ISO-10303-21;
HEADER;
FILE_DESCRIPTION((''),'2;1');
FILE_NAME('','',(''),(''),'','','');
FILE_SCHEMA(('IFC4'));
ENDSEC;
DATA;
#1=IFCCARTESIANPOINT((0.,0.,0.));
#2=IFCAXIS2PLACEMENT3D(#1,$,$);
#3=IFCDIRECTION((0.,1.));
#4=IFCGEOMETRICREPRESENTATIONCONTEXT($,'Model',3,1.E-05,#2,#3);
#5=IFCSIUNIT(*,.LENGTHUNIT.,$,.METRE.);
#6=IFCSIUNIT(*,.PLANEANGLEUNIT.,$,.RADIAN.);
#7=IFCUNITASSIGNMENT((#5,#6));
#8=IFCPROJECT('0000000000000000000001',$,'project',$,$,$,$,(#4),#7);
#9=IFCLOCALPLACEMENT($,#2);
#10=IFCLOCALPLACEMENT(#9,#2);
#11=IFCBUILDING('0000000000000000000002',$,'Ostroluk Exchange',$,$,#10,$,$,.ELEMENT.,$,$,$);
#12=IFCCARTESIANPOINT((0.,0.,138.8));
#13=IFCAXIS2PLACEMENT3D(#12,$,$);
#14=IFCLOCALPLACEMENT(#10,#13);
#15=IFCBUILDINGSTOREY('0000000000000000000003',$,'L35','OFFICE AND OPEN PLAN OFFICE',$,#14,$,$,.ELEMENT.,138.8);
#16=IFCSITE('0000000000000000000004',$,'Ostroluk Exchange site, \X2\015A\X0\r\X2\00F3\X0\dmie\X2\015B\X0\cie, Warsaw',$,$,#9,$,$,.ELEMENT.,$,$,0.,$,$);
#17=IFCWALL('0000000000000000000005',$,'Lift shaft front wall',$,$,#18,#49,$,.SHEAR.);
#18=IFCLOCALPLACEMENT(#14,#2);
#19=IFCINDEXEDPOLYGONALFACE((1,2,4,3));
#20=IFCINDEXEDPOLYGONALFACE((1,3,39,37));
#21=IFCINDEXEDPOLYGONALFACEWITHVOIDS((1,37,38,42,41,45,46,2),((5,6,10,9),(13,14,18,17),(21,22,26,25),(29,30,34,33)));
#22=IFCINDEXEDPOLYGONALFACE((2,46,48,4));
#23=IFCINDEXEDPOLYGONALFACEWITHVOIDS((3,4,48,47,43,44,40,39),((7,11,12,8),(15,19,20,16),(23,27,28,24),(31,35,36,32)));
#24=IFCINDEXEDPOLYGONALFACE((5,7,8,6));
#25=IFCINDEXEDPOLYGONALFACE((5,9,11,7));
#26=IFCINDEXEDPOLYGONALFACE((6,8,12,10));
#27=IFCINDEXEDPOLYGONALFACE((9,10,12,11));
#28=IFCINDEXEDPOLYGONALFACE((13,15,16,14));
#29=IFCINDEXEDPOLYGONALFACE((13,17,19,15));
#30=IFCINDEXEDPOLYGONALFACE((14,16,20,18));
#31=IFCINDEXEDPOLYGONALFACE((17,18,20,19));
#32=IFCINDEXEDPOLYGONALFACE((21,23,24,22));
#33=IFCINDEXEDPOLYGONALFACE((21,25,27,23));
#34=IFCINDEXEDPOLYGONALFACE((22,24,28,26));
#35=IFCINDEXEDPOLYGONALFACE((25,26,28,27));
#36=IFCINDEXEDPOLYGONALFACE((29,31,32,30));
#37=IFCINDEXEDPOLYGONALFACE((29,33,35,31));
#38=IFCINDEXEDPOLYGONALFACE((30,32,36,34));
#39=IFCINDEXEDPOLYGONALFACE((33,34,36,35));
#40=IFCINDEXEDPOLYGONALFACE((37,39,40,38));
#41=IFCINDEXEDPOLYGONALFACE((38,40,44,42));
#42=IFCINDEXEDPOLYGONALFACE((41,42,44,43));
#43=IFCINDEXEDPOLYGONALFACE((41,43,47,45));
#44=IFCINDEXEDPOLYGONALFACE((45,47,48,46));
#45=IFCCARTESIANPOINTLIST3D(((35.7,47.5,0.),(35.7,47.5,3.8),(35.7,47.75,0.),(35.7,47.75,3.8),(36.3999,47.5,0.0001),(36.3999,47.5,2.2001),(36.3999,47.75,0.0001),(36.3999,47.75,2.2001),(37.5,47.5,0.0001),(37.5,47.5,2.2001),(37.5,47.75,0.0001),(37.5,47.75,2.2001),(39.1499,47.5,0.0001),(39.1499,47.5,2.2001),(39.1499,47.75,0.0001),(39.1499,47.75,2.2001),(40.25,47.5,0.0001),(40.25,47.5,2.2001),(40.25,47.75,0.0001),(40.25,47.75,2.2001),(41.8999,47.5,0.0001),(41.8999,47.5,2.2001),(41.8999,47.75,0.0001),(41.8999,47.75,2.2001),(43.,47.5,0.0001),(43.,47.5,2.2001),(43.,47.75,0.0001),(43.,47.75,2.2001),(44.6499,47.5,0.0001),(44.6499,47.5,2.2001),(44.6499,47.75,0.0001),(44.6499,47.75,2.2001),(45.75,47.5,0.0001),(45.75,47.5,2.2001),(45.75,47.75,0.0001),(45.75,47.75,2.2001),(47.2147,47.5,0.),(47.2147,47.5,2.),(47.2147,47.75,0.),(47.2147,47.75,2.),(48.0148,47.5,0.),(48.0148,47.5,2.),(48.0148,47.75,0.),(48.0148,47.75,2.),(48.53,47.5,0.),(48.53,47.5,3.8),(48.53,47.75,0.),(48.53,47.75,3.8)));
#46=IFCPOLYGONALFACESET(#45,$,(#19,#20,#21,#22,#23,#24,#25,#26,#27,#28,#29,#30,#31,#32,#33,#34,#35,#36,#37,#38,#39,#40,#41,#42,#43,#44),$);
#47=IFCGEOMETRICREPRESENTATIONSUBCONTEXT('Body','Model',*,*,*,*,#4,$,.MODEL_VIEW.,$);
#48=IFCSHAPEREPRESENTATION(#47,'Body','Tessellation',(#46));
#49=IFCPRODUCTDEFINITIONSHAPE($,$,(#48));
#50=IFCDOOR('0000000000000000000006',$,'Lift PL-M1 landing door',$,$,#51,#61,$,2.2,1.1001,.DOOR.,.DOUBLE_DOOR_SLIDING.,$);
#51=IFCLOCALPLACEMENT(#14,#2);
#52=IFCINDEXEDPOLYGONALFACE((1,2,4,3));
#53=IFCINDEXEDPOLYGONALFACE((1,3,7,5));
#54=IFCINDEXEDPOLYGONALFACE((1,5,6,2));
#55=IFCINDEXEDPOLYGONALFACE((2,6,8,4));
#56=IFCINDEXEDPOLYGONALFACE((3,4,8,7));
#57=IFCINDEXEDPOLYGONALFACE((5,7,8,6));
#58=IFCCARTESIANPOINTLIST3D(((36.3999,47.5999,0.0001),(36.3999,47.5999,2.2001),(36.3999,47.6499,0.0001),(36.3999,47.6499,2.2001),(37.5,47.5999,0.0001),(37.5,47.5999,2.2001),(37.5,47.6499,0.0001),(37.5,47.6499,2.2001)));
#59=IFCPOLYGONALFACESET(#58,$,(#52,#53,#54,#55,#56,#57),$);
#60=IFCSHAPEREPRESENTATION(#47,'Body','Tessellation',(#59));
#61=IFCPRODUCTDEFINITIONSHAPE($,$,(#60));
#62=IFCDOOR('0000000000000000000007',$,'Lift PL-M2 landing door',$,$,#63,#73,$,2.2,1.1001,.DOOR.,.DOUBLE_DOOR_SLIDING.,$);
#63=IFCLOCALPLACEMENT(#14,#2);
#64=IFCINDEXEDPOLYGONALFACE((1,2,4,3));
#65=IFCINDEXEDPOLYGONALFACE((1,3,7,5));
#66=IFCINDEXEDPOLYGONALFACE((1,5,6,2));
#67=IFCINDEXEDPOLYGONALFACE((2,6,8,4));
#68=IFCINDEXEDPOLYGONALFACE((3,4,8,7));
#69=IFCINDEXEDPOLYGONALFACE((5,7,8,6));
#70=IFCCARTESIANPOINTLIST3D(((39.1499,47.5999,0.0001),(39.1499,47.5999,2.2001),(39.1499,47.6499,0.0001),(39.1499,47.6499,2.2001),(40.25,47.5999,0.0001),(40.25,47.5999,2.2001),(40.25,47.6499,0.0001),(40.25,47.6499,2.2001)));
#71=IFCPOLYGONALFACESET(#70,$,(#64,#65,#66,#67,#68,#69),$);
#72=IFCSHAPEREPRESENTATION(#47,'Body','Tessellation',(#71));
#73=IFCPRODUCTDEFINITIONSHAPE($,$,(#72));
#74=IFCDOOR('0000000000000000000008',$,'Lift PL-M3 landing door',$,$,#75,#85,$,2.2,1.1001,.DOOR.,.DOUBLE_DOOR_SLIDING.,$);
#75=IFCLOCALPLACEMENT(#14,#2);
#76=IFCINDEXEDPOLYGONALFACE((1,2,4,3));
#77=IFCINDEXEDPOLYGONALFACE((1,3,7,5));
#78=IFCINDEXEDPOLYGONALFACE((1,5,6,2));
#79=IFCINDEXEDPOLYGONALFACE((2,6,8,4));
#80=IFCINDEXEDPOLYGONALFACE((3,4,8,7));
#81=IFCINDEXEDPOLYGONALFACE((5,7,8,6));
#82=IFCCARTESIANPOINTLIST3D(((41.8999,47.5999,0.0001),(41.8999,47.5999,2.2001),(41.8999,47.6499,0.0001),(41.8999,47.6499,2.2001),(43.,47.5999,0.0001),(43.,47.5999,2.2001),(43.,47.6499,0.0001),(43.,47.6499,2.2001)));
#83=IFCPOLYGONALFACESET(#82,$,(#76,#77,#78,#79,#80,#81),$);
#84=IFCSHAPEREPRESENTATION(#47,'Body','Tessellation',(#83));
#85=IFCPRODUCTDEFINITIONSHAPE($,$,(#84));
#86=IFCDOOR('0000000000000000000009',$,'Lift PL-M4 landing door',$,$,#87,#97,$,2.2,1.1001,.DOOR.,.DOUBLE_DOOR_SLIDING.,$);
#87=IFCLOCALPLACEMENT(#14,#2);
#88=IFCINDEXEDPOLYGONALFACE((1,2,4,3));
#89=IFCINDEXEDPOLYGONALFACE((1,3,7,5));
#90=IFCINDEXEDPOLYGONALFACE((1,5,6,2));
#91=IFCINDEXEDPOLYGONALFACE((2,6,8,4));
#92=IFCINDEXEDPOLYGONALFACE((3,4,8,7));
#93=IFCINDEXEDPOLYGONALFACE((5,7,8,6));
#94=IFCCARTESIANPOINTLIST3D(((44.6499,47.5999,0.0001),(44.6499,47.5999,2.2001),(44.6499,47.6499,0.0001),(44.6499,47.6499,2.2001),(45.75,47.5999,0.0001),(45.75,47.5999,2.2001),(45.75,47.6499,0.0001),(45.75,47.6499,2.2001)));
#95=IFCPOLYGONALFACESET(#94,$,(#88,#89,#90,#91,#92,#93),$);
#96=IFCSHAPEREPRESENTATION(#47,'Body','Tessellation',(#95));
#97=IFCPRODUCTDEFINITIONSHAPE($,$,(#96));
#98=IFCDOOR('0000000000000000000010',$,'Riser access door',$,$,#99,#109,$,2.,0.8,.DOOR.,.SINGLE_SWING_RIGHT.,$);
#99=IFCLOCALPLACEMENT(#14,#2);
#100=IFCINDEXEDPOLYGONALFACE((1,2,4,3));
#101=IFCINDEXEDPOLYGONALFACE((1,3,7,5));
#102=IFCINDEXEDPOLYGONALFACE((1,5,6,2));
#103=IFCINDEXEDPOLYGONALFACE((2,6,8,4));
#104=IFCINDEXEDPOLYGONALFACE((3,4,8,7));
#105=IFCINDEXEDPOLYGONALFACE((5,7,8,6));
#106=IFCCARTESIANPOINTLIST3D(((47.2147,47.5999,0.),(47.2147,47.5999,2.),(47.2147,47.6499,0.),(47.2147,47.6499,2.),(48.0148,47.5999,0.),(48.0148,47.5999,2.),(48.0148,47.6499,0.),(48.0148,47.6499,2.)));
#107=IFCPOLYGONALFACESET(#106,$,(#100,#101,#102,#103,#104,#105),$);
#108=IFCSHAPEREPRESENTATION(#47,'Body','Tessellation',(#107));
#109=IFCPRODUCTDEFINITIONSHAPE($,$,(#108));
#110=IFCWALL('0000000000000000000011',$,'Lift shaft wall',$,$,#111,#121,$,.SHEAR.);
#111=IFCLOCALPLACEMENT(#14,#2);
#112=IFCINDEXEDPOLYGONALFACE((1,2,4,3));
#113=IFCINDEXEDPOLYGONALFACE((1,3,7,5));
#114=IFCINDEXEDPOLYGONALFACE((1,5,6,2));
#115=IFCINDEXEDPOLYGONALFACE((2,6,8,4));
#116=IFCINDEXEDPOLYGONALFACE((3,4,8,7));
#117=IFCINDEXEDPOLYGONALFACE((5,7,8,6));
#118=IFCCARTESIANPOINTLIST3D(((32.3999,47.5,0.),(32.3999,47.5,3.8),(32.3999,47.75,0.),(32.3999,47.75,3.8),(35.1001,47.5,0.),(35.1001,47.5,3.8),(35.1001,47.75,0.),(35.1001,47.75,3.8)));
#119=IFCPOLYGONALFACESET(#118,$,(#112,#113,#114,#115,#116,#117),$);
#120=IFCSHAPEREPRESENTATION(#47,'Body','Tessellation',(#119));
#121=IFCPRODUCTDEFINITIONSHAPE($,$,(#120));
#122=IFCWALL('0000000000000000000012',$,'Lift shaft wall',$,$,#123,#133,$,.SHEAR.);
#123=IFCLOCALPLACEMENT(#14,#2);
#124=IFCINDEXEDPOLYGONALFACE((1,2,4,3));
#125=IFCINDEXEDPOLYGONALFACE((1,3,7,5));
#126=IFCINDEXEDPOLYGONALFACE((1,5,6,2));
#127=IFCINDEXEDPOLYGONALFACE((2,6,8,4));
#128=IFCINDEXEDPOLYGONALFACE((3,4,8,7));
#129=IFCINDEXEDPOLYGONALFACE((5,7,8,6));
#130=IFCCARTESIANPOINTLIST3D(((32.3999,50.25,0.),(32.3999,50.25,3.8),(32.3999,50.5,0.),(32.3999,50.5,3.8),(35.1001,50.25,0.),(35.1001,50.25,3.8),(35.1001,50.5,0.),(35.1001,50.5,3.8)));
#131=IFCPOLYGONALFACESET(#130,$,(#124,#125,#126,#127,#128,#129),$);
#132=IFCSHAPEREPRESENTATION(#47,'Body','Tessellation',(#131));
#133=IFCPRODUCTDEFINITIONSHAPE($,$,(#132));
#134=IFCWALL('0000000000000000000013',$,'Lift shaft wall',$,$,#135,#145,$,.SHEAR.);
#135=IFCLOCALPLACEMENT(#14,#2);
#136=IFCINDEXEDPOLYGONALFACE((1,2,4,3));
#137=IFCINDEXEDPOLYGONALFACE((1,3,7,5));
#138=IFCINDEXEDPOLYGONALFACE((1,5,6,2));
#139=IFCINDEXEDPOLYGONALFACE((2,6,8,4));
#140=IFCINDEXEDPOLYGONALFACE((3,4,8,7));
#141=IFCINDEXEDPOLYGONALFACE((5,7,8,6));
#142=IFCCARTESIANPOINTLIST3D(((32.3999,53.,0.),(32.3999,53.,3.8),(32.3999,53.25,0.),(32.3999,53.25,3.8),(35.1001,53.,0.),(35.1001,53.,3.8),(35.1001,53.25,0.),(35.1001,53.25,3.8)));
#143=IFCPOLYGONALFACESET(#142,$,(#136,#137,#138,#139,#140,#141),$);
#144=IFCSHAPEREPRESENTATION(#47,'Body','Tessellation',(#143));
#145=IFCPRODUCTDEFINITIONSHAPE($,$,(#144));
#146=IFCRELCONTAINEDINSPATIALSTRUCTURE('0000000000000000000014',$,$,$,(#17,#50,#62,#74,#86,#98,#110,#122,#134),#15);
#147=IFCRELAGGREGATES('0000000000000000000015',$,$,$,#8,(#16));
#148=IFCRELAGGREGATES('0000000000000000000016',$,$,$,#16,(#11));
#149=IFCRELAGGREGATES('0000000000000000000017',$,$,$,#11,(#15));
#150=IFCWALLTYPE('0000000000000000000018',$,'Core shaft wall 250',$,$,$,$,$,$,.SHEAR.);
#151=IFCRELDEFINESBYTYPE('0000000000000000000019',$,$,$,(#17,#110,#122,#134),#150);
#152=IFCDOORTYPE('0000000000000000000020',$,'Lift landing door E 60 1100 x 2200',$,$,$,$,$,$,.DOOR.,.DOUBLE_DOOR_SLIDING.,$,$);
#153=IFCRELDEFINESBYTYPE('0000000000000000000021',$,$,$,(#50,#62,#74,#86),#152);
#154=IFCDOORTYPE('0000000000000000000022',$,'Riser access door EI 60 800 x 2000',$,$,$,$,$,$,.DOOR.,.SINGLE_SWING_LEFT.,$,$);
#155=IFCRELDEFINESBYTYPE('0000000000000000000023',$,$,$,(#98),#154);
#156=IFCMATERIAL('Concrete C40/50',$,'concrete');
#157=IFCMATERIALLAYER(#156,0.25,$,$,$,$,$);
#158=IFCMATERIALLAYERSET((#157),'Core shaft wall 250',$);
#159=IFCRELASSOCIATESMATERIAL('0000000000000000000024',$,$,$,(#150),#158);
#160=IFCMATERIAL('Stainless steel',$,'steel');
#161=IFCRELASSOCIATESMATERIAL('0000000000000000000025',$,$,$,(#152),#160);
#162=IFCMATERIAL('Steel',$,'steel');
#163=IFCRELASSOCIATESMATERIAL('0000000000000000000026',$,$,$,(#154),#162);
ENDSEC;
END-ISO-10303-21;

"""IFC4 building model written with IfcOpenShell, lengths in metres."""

from ifc_helpers import new_model, si_unit, direction, frame, frame_2d, origin, place, context, subcontext, project, spatial, rectangle, extrude, material, layer, layer_set, type_object, element, fill, save


model = new_model("IFC4")

# Units and contexts
model_context = context("Model", 3, precision=1e-05, world=origin(), true_north=direction((0.0, 1.0)))
body_context = subcontext(model_context, "Body", "Model", "MODEL_VIEW")
ifc_project = project(units=[si_unit("LENGTHUNIT", "METRE"), si_unit("PLANEANGLEUNIT", "RADIAN")], contexts=[model_context])

# Site, building, storey
site_placement = place(None, origin())
site = spatial("IfcSite", under=ifc_project, at=site_placement, Name="Ostroluk Exchange site, Śródmieście, Warsaw", CompositionType="ELEMENT", RefElevation=0.0)
building_placement = place(site_placement, origin())
building = spatial("IfcBuilding", under=site, at=building_placement, Name="Ostroluk Exchange", CompositionType="ELEMENT")
storey_placement = place(building_placement, frame((0.0, 0.0, 138.8)))
storey = spatial("IfcBuildingStorey", under=building, at=storey_placement, Name="L35", Description="OFFICE AND OPEN PLAN OFFICE", CompositionType="ELEMENT", Elevation=138.8)

# Shared definitions
ifc_material_1 = material(Name="Concrete C40/50", Category="concrete")
ifc_layer_1 = layer(ifc_material_1, 0.25)
ifc_layer_set_1 = layer_set([ifc_layer_1], Name="Core shaft wall 250")
wall_type_1 = type_object("IfcWallType", Name="Core shaft wall 250", PredefinedType="SHEAR", material=ifc_layer_set_1)

# Wall, openings, doors
wall_1_placement = place(storey_placement, frame((35.7, 47.625, 0.0), z_axis=(0.0, 0.0, 1.0), x_axis=(1.0, 0.0, 0.0)))
wall_1 = element("IfcWall", 1, at=wall_1_placement, inside=storey, type_object=wall_type_1, Name="Lift shaft front wall", PredefinedType="SHEAR", context=body_context, shape_type="SweptSolid", body=[
    extrude(rectangle(XDim=12.8301, YDim=0.25, at=frame_2d((6.415, 0.0))), origin(), (0.0, 0.0, 1.0), 3.8),
])
opening_1_placement = place(wall_1_placement, frame((0.7, 0.0, 0.0)))
opening_1 = element("IfcOpeningElement", 2, at=opening_1_placement, cuts=wall_1, PredefinedType="OPENING", context=body_context, shape_type="SweptSolid", body=[
    extrude(rectangle(XDim=1.1001, YDim=2.2, at=frame_2d((0.55, 1.1001))), frame((0.0, 0.135, 0.0), z_axis=(0.0, -1.0, 0.0), x_axis=(1.0, 0.0, 0.0)), (0.0, 0.0, 1.0), 0.27),
])
opening_2_placement = place(wall_1_placement, frame((3.45, 0.0, 0.0)))
opening_2 = element("IfcOpeningElement", 3, at=opening_2_placement, cuts=wall_1, PredefinedType="OPENING", context=body_context, shape_type="SweptSolid", body=[
    extrude(rectangle(XDim=1.1001, YDim=2.2, at=frame_2d((0.55, 1.1001))), frame((0.0, 0.135, 0.0), z_axis=(0.0, -1.0, 0.0), x_axis=(1.0, 0.0, 0.0)), (0.0, 0.0, 1.0), 0.27),
])
opening_3_placement = place(wall_1_placement, frame((6.2, 0.0, 0.0)))
opening_3 = element("IfcOpeningElement", 4, at=opening_3_placement, cuts=wall_1, PredefinedType="OPENING", context=body_context, shape_type="SweptSolid", body=[
    extrude(rectangle(XDim=1.1001, YDim=2.2, at=frame_2d((0.55, 1.1001))), frame((0.0, 0.135, 0.0), z_axis=(0.0, -1.0, 0.0), x_axis=(1.0, 0.0, 0.0)), (0.0, 0.0, 1.0), 0.27),
])
opening_4_placement = place(wall_1_placement, frame((8.95, 0.0, 0.0)))
opening_4 = element("IfcOpeningElement", 5, at=opening_4_placement, cuts=wall_1, PredefinedType="OPENING", context=body_context, shape_type="SweptSolid", body=[
    extrude(rectangle(XDim=1.1001, YDim=2.2, at=frame_2d((0.55, 1.1001))), frame((0.0, 0.135, 0.0), z_axis=(0.0, -1.0, 0.0), x_axis=(1.0, 0.0, 0.0)), (0.0, 0.0, 1.0), 0.27),
])
opening_5_placement = place(wall_1_placement, frame((11.5149, 0.0, 0.0)))
opening_5 = element("IfcOpeningElement", 6, at=opening_5_placement, cuts=wall_1, PredefinedType="OPENING", context=body_context, shape_type="SweptSolid", body=[
    extrude(rectangle(XDim=0.8, YDim=2.0, at=frame_2d((0.3999, 1.0))), frame((0.0, 0.135, 0.0), z_axis=(0.0, -1.0, 0.0), x_axis=(1.0, 0.0, 0.0)), (0.0, 0.0, 1.0), 0.27),
])
ifc_material_2 = material(Name="Stainless steel", Category="steel")
door_type_1 = type_object("IfcDoorType", Name="Lift landing door E 60 1100 x 2200", OperationType="DOUBLE_DOOR_SLIDING", PredefinedType="DOOR", material=ifc_material_2)
door_1_placement = place(opening_1_placement, origin())
door_1 = element("IfcDoor", 7, at=door_1_placement, inside=storey, type_object=door_type_1, Name="Lift PL-M1 landing door", OperationType="DOUBLE_DOOR_SLIDING", OverallHeight=2.2, OverallWidth=1.1001, PredefinedType="DOOR", context=body_context, shape_type="SweptSolid", body=[
    extrude(rectangle(XDim=1.1001, YDim=2.2, at=frame_2d((0.55, 1.1001))), frame((0.0, 0.0249, 0.0), z_axis=(0.0, -1.0, 0.0), x_axis=(1.0, 0.0, 0.0)), (0.0, 0.0, 1.0), 0.05),
])
fill(opening_1, door_1)
door_2_placement = place(opening_2_placement, origin())
door_2 = element("IfcDoor", 8, at=door_2_placement, inside=storey, type_object=door_type_1, Name="Lift PL-M2 landing door", OperationType="DOUBLE_DOOR_SLIDING", OverallHeight=2.2, OverallWidth=1.1001, PredefinedType="DOOR", context=body_context, shape_type="SweptSolid", body=[
    extrude(rectangle(XDim=1.1001, YDim=2.2, at=frame_2d((0.55, 1.1001))), frame((0.0, 0.0249, 0.0), z_axis=(0.0, -1.0, 0.0), x_axis=(1.0, 0.0, 0.0)), (0.0, 0.0, 1.0), 0.05),
])
fill(opening_2, door_2)
door_3_placement = place(opening_3_placement, origin())
door_3 = element("IfcDoor", 9, at=door_3_placement, inside=storey, type_object=door_type_1, Name="Lift PL-M3 landing door", OperationType="DOUBLE_DOOR_SLIDING", OverallHeight=2.2, OverallWidth=1.1001, PredefinedType="DOOR", context=body_context, shape_type="SweptSolid", body=[
    extrude(rectangle(XDim=1.1001, YDim=2.2, at=frame_2d((0.55, 1.1001))), frame((0.0, 0.0249, 0.0), z_axis=(0.0, -1.0, 0.0), x_axis=(1.0, 0.0, 0.0)), (0.0, 0.0, 1.0), 0.05),
])
fill(opening_3, door_3)
door_4_placement = place(opening_4_placement, origin())
door_4 = element("IfcDoor", 10, at=door_4_placement, inside=storey, type_object=door_type_1, Name="Lift PL-M4 landing door", OperationType="DOUBLE_DOOR_SLIDING", OverallHeight=2.2, OverallWidth=1.1001, PredefinedType="DOOR", context=body_context, shape_type="SweptSolid", body=[
    extrude(rectangle(XDim=1.1001, YDim=2.2, at=frame_2d((0.55, 1.1001))), frame((0.0, 0.0249, 0.0), z_axis=(0.0, -1.0, 0.0), x_axis=(1.0, 0.0, 0.0)), (0.0, 0.0, 1.0), 0.05),
])
fill(opening_4, door_4)
ifc_material_3 = material(Name="Steel", Category="steel")
door_type_2 = type_object("IfcDoorType", Name="Riser access door EI 60 800 x 2000", OperationType="SINGLE_SWING_LEFT", PredefinedType="DOOR", material=ifc_material_3)
door_5_placement = place(opening_5_placement, origin())
door_5 = element("IfcDoor", 11, at=door_5_placement, inside=storey, type_object=door_type_2, Name="Riser access door", OperationType="SINGLE_SWING_RIGHT", OverallHeight=2.0, OverallWidth=0.8, PredefinedType="DOOR", context=body_context, shape_type="SweptSolid", body=[
    extrude(rectangle(XDim=0.8, YDim=2.0, at=frame_2d((0.3999, 1.0))), frame((0.0, 0.0249, 0.0), z_axis=(0.0, -1.0, 0.0), x_axis=(1.0, 0.0, 0.0)), (0.0, 0.0, 1.0), 0.05),
])
fill(opening_5, door_5)

# Walls
for number, where, z_axis, x_axis, name in (
    (12, (32.3999, 47.625, 0.0), (0.0, 0.0, 1.0), (1.0, 0.0, 0.0), "Lift shaft wall"),
    (13, (32.3999, 50.375, 0.0), (0.0, 0.0, 1.0), (1.0, 0.0, 0.0), "Lift shaft wall"),
    (14, (32.3999, 53.125, 0.0), (0.0, 0.0, 1.0), (1.0, 0.0, 0.0), "Lift shaft wall"),
):
    element("IfcWall", number, at=place(storey_placement, frame(where, z_axis=z_axis, x_axis=x_axis)), inside=storey, type_object=wall_type_1, Name=name, PredefinedType="SHEAR", context=body_context, shape_type="SweptSolid", body=[
        extrude(rectangle(XDim=2.7002, YDim=0.25, at=frame_2d((1.3501, 0.0))), origin(), (0.0, 0.0, 1.0), 3.8),
    ])

save(model, "model.ifc")
